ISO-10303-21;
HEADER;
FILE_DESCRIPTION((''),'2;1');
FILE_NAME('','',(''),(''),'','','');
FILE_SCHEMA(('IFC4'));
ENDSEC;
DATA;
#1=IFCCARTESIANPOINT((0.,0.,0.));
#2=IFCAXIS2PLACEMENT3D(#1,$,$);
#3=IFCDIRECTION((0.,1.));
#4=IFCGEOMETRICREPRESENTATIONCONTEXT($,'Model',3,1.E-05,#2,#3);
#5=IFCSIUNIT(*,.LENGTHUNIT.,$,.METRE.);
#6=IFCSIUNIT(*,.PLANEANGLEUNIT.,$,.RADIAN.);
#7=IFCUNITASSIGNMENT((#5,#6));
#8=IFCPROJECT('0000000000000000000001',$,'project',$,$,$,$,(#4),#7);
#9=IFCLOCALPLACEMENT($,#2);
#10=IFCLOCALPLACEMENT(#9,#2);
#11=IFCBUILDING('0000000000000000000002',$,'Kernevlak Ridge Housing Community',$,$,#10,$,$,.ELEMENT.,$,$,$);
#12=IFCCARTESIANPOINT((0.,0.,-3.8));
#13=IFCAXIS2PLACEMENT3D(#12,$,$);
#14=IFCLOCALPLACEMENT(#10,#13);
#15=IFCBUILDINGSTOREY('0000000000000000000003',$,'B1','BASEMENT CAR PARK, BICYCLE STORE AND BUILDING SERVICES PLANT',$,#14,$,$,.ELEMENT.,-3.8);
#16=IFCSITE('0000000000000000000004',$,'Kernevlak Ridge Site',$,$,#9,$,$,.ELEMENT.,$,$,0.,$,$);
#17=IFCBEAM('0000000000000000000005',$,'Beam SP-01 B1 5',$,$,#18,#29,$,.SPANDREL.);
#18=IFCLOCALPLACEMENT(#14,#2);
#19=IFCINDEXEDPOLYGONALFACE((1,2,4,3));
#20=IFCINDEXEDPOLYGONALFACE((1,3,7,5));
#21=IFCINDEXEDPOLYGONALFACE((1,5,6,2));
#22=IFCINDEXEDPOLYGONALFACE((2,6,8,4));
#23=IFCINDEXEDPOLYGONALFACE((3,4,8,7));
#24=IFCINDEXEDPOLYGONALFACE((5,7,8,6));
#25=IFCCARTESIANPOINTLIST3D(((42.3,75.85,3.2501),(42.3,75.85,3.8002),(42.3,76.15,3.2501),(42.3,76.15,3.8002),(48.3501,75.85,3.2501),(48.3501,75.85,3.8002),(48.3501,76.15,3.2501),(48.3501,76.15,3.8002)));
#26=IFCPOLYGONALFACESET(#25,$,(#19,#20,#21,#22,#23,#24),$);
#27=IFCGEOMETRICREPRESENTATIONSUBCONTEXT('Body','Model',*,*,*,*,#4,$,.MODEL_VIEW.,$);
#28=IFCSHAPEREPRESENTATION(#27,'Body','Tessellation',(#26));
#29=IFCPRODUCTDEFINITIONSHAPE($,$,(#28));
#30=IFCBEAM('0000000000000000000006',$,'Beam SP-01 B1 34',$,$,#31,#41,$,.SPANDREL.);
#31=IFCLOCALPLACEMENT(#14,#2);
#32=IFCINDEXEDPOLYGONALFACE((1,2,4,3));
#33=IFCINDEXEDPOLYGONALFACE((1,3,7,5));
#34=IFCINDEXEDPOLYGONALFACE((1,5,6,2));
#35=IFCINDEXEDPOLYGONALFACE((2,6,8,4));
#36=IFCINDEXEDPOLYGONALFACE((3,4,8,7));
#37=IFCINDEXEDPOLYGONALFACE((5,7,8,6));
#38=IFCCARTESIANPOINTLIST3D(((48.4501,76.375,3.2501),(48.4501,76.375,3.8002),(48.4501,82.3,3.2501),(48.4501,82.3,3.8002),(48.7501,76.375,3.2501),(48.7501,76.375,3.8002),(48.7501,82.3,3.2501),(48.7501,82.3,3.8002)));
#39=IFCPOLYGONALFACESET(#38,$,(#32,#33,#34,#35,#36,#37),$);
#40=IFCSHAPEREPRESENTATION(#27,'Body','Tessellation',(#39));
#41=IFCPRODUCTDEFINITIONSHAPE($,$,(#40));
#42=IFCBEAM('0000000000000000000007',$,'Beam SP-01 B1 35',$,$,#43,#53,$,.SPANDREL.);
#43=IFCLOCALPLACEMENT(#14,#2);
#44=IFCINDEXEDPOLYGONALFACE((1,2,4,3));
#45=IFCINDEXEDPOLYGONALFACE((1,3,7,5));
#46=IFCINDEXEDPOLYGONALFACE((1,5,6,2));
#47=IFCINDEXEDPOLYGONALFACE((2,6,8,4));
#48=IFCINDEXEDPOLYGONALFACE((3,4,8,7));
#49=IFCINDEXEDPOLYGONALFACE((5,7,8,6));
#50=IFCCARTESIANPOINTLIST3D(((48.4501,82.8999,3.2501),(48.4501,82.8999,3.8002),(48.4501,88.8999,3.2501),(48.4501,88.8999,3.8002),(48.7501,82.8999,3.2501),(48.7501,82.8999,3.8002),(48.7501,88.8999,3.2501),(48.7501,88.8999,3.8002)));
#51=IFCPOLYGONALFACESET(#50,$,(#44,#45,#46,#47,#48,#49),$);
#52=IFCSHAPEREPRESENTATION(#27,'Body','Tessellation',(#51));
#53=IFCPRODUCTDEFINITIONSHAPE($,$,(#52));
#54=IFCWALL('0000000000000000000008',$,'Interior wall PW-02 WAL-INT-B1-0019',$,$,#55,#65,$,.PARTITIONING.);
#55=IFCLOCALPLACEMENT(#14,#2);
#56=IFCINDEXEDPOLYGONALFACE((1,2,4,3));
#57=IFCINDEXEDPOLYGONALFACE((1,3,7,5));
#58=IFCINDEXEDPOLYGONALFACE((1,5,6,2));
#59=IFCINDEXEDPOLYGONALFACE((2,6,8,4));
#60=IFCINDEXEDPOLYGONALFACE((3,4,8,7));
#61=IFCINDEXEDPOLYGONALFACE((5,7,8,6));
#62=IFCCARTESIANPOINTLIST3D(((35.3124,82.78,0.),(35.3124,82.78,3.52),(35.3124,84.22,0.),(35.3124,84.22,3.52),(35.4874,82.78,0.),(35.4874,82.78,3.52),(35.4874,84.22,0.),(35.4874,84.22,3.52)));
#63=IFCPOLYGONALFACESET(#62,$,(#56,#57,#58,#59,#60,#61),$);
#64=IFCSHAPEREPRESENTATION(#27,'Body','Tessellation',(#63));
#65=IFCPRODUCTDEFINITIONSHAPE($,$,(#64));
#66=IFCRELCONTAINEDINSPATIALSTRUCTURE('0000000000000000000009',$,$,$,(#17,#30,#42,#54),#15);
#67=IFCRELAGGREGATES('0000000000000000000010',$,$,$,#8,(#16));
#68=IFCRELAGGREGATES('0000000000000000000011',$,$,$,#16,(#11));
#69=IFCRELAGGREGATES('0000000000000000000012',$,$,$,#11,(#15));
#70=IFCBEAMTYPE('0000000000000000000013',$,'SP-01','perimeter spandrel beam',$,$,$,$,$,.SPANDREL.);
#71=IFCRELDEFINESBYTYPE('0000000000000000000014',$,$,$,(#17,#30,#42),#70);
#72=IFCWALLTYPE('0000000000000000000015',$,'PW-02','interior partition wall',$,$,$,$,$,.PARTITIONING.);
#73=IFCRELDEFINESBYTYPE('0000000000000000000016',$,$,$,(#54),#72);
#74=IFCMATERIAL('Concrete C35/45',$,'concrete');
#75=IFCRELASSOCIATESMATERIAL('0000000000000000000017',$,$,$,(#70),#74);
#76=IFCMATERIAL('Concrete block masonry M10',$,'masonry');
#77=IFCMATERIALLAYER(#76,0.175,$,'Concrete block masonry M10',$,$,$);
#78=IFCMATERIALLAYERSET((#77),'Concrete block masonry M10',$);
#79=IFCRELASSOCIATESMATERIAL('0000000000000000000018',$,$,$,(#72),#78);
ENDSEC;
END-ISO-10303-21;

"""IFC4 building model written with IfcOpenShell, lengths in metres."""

from ifc_helpers import new_model, si_unit, direction, frame, frame_2d, origin, origin_2d, place, context, subcontext, project, spatial, rectangle, extrude, material, layer, layer_set, material_profile, profile_set, type_object, element, save


model = new_model("IFC4")

# Units and contexts
model_context = context("Model", 3, precision=1e-05, world=origin(), true_north=direction((0.0, 1.0)))
body_context = subcontext(model_context, "Body", "Model", "MODEL_VIEW")
ifc_project = project(units=[si_unit("LENGTHUNIT", "METRE"), si_unit("PLANEANGLEUNIT", "RADIAN")], contexts=[model_context])

# Site, building, storey
site_placement = place(None, origin())
site = spatial("IfcSite", under=ifc_project, at=site_placement, Name="Kernevlak Ridge Site", CompositionType="ELEMENT", RefElevation=0.0)
building_placement = place(site_placement, origin())
building = spatial("IfcBuilding", under=site, at=building_placement, Name="Kernevlak Ridge Housing Community", CompositionType="ELEMENT")
storey_placement = place(building_placement, frame((0.0, 0.0, -3.8)))
storey = spatial("IfcBuildingStorey", under=building, at=storey_placement, Name="B1", Description="BASEMENT CAR PARK, BICYCLE STORE AND BUILDING SERVICES PLANT", CompositionType="ELEMENT", Elevation=-3.8)

# Shared definitions
ifc_material_1 = material(Name="Concrete C35/45", Category="concrete")

# Beams
ifc_material_profile_1 = material_profile(ifc_material_1, rectangle(XDim=0.3, YDim=0.55, at=origin_2d()), Name="RC 300x550")
ifc_profile_set_1 = profile_set([ifc_material_profile_1], Name="Concrete C35/45")
beam_type_1 = type_object("IfcBeamType", Name="SP-01", Description="perimeter spandrel beam", PredefinedType="SPANDREL", material=ifc_profile_set_1)
beam_1_placement = place(storey_placement, frame((42.3, 76.0, 3.5251), z_axis=(1.0, 0.0, 0.0), x_axis=(0.0, 1.0, 0.0)))
element("IfcBeam", 1, at=beam_1_placement, inside=storey, type_object=beam_type_1, Name="Beam SP-01 B1 5", PredefinedType="SPANDREL", context=body_context, shape_type="SweptSolid", body=[
    extrude(rectangle(XDim=0.3, YDim=0.55, at=origin_2d()), origin(), (0.0, 0.0, 1.0), 6.05),
])
beam_2_placement = place(storey_placement, frame((48.6001, 76.375, 3.5251), z_axis=(0.0, 1.0, 0.0), x_axis=(-1.0, 0.0, 0.0)))
element("IfcBeam", 2, at=beam_2_placement, inside=storey, type_object=beam_type_1, Name="Beam SP-01 B1 34", PredefinedType="SPANDREL", context=body_context, shape_type="SweptSolid", body=[
    extrude(rectangle(XDim=0.3, YDim=0.55, at=origin_2d()), origin(), (0.0, 0.0, 1.0), 5.925),
])
beam_3_placement = place(storey_placement, frame((48.6001, 82.8999, 3.5251), z_axis=(0.0, 1.0, 0.0), x_axis=(-1.0, 0.0, 0.0)))
element("IfcBeam", 3, at=beam_3_placement, inside=storey, type_object=beam_type_1, Name="Beam SP-01 B1 35", PredefinedType="SPANDREL", context=body_context, shape_type="SweptSolid", body=[
    extrude(rectangle(XDim=0.3, YDim=0.55, at=origin_2d()), origin(), (0.0, 0.0, 1.0), 6.0),
])

# Wall
ifc_material_2 = material(Name="Concrete block masonry M10", Category="masonry")
ifc_layer = layer(ifc_material_2, 0.175, Name="Concrete block masonry M10")
ifc_layer_set = layer_set([ifc_layer], Name="Concrete block masonry M10")
wall_type = type_object("IfcWallType", Name="PW-02", Description="interior partition wall", PredefinedType="PARTITIONING", material=ifc_layer_set)
wall_placement = place(storey_placement, frame((35.3999, 82.78, 0.0), z_axis=(0.0, 0.0, 1.0), x_axis=(0.0, 1.0, 0.0)))
element("IfcWall", 4, at=wall_placement, inside=storey, type_object=wall_type, Name="Interior wall PW-02 WAL-INT-B1-0019", PredefinedType="PARTITIONING", context=body_context, shape_type="SweptSolid", body=[
    extrude(rectangle(XDim=1.4399, YDim=0.175, at=frame_2d((0.72, 0.0))), origin(), (0.0, 0.0, 1.0), 3.52),
])

save(model, "model.ifc")
